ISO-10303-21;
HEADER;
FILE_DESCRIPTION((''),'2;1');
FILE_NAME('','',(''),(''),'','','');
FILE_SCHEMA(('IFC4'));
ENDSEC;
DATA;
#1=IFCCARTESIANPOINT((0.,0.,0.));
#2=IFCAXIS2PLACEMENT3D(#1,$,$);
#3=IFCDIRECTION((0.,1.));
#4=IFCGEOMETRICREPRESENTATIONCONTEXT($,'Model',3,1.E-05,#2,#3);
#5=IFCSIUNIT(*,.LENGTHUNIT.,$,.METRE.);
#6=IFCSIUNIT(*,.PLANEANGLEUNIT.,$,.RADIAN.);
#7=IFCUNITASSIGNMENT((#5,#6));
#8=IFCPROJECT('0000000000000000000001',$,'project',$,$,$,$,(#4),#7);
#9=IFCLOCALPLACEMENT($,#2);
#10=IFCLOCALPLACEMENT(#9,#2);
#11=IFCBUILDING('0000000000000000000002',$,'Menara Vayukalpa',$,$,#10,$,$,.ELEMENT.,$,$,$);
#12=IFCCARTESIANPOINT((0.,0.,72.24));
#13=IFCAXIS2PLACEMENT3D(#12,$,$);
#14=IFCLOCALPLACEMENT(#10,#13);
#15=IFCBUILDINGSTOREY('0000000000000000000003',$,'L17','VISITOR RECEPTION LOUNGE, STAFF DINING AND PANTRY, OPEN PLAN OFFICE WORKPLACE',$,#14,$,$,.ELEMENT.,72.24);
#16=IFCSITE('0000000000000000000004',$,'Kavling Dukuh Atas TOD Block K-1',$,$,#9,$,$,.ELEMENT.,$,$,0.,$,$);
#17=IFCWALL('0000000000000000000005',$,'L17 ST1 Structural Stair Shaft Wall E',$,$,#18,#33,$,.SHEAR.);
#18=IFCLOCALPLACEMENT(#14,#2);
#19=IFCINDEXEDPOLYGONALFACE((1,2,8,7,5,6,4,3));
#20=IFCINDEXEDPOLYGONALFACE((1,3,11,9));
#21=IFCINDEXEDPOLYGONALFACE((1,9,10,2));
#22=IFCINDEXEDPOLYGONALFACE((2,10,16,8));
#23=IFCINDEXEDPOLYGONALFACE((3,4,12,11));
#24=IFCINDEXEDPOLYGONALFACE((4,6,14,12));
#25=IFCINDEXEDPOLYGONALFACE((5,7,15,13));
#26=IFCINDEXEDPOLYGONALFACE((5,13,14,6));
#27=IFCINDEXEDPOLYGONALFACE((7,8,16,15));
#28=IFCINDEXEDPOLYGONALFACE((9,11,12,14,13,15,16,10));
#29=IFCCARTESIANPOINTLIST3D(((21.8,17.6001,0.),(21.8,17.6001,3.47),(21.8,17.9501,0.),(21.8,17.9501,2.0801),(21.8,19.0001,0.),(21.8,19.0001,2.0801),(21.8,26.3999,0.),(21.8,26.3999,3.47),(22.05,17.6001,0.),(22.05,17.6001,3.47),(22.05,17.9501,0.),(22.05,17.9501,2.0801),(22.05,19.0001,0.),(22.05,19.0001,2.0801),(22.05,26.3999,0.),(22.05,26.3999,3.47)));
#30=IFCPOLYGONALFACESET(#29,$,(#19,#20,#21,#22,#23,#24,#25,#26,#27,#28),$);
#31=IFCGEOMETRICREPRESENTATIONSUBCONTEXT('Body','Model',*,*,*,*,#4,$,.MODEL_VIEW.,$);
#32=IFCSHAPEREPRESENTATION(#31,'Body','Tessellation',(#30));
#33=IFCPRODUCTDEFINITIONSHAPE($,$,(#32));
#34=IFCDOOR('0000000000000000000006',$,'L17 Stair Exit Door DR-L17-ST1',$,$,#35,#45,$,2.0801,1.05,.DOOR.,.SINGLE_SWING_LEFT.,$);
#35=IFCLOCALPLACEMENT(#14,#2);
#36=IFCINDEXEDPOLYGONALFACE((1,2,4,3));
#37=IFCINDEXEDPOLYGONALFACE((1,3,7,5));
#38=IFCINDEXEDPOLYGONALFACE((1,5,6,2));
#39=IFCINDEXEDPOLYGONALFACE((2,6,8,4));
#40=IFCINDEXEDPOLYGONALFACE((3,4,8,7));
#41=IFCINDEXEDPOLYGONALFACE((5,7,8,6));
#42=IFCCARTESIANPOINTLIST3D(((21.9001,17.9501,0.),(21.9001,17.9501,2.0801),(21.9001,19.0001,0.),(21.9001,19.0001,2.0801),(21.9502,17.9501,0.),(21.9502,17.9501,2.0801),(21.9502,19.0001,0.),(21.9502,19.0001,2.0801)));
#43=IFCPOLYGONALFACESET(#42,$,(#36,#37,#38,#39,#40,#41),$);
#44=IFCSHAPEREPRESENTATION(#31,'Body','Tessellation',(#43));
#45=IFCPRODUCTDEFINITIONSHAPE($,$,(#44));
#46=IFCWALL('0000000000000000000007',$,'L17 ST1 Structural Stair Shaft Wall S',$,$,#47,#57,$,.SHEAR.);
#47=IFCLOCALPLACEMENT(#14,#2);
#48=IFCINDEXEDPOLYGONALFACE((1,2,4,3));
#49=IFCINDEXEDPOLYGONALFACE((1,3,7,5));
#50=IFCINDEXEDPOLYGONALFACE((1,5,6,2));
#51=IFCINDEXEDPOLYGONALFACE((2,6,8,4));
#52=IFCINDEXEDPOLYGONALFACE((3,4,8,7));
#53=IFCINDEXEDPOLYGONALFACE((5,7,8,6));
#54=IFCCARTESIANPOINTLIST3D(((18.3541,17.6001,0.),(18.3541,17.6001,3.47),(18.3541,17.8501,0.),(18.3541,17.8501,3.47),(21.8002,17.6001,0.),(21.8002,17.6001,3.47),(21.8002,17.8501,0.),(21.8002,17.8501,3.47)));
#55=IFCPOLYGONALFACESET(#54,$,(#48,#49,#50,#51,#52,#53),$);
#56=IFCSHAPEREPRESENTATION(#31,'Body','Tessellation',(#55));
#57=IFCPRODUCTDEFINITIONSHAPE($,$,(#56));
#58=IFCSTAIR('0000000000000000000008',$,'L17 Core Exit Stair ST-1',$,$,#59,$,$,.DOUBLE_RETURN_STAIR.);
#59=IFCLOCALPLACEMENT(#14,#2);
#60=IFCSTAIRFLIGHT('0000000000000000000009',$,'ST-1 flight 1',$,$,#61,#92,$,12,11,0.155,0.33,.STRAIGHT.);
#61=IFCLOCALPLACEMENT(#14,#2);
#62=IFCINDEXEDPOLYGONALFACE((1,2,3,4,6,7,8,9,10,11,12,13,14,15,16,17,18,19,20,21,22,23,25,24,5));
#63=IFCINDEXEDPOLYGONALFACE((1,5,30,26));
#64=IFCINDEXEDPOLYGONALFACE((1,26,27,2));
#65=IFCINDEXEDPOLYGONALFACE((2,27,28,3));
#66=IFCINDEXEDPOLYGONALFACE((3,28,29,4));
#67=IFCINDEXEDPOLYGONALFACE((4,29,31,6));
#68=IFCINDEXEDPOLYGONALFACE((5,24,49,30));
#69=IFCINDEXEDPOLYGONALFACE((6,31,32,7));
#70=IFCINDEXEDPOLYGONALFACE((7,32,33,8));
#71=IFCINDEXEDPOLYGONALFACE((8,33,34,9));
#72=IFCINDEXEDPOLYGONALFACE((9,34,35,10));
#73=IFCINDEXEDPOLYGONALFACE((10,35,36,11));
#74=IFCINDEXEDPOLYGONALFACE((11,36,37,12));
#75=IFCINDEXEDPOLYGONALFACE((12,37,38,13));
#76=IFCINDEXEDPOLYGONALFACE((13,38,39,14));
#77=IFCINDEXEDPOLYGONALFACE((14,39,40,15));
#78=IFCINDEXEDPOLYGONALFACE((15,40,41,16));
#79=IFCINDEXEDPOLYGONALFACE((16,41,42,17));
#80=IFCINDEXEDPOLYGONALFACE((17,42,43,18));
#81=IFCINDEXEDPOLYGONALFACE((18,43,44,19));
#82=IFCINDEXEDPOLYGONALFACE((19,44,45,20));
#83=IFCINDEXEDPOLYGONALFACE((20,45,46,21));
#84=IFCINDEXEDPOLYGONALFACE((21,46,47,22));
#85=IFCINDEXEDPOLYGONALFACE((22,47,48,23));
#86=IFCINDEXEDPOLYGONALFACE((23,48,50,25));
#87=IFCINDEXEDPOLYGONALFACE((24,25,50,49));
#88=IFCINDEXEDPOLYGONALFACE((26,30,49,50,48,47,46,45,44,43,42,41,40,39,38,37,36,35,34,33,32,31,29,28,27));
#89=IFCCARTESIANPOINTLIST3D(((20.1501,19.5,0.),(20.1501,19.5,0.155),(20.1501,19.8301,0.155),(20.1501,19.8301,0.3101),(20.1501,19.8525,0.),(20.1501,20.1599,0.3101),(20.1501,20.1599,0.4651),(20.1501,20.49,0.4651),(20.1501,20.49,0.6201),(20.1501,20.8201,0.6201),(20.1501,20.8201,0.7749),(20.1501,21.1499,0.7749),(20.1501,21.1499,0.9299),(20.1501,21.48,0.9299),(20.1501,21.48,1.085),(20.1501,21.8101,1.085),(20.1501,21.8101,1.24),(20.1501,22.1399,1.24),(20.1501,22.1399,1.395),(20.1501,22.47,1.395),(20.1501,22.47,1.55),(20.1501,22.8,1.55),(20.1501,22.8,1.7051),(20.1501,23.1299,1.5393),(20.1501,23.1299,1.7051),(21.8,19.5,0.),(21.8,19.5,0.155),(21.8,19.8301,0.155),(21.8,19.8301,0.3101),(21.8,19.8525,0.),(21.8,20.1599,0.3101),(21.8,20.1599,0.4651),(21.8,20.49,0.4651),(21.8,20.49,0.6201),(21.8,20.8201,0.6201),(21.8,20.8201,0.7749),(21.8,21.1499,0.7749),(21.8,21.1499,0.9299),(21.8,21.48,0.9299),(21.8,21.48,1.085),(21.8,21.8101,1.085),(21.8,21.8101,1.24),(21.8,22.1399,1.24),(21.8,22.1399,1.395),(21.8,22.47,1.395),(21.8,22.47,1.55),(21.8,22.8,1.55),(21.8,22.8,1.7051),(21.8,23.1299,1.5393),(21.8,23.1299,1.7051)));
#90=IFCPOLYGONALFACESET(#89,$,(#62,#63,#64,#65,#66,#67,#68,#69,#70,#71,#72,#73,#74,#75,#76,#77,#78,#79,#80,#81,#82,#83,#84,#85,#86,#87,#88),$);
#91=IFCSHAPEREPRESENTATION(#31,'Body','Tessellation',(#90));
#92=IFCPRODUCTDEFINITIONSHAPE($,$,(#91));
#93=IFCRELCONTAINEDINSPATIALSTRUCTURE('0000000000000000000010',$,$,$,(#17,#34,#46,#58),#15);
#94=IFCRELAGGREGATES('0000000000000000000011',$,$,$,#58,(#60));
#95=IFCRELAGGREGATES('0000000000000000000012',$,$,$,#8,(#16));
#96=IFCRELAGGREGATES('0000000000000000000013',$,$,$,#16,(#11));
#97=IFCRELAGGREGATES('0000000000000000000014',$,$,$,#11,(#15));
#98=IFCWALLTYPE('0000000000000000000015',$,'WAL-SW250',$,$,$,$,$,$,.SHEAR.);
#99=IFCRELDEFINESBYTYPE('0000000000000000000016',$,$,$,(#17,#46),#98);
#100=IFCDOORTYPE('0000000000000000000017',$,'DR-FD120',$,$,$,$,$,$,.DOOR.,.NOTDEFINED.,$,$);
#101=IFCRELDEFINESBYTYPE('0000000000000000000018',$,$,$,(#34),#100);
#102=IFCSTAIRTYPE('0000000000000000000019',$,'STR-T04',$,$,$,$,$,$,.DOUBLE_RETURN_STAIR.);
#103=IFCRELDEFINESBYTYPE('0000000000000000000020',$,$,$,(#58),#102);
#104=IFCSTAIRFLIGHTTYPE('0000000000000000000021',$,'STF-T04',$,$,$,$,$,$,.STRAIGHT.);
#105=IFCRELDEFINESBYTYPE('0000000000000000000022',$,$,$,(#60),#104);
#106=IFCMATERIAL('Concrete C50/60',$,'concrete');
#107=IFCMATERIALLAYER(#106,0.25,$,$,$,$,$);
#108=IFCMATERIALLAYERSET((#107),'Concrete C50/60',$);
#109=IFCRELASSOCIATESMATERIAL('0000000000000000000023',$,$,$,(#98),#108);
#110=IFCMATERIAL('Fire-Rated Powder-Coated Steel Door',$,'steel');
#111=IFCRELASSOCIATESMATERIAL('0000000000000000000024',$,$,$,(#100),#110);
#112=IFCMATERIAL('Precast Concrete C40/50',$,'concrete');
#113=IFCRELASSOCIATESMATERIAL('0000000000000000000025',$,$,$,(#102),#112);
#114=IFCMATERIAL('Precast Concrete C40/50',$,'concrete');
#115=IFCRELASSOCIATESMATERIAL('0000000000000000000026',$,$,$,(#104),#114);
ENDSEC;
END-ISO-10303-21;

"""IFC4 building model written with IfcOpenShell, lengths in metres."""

from ifc_helpers import new_model, si_unit, direction, frame, frame_2d, origin, place, context, subcontext, project, spatial, polyline, rectangle, outline, extrude, material, layer, layer_set, type_object, element, fill, aggregate, save


model = new_model("IFC4")

# Units and contexts
model_context = context("Model", 3, precision=1e-05, world=origin(), true_north=direction((0.0, 1.0)))
body_context = subcontext(model_context, "Body", "Model", "MODEL_VIEW")
ifc_project = project(units=[si_unit("LENGTHUNIT", "METRE"), si_unit("PLANEANGLEUNIT", "RADIAN")], contexts=[model_context])

# Site, building, storey
site_placement = place(None, origin())
site = spatial("IfcSite", under=ifc_project, at=site_placement, Name="Kavling Dukuh Atas TOD Block K-1", CompositionType="ELEMENT", RefElevation=0.0)
building_placement = place(site_placement, origin())
building = spatial("IfcBuilding", under=site, at=building_placement, Name="Menara Vayukalpa", CompositionType="ELEMENT")
storey_placement = place(building_placement, frame((0.0, 0.0, 72.24)))
storey = spatial("IfcBuildingStorey", under=building, at=storey_placement, Name="L17", Description="VISITOR RECEPTION LOUNGE, STAFF DINING AND PANTRY, OPEN PLAN OFFICE WORKPLACE", CompositionType="ELEMENT", Elevation=72.24)

# Shared definitions
ifc_material_1 = material(Name="Concrete C50/60", Category="concrete")
ifc_layer_1 = layer(ifc_material_1, 0.25)
ifc_layer_set_1 = layer_set([ifc_layer_1], Name="Concrete C50/60")
wall_type_1 = type_object("IfcWallType", Name="WAL-SW250", PredefinedType="SHEAR", material=ifc_layer_set_1)

# Wall, opening, door
wall_1_placement = place(storey_placement, frame((21.925, 17.6001, 0.0), z_axis=(0.0, 0.0, 1.0), x_axis=(0.0, 1.0, 0.0)))
wall_1 = element("IfcWall", 1, at=wall_1_placement, inside=storey, type_object=wall_type_1, Name="L17 ST1 Structural Stair Shaft Wall E", PredefinedType="SHEAR", context=body_context, shape_type="SweptSolid", body=[
    extrude(rectangle(XDim=8.7998, YDim=0.25, at=frame_2d((4.3999, 0.0))), origin(), (0.0, 0.0, 1.0), 3.47),
])
opening_placement = place(wall_1_placement, frame((0.3501, 0.0, 0.0)))
opening = element("IfcOpeningElement", 2, at=opening_placement, cuts=wall_1, PredefinedType="OPENING", context=body_context, shape_type="SweptSolid", body=[
    extrude(rectangle(XDim=1.05, YDim=2.0801, at=frame_2d((0.5249, 1.04))), frame((0.0, 0.135, 0.0), z_axis=(0.0, -1.0, 0.0), x_axis=(1.0, 0.0, 0.0)), (0.0, 0.0, 1.0), 0.27),
])
ifc_material_2 = material(Name="Fire-Rated Powder-Coated Steel Door", Category="steel")
door_type = type_object("IfcDoorType", Name="DR-FD120", OperationType="NOTDEFINED", PredefinedType="DOOR", material=ifc_material_2)
door_placement = place(opening_placement, origin())
door = element("IfcDoor", 3, at=door_placement, inside=storey, type_object=door_type, Name="L17 Stair Exit Door DR-L17-ST1", OperationType="SINGLE_SWING_LEFT", OverallHeight=2.0801, OverallWidth=1.05, PredefinedType="DOOR", context=body_context, shape_type="SweptSolid", body=[
    extrude(rectangle(XDim=1.05, YDim=2.0801, at=frame_2d((0.5249, 1.04))), frame((0.0, 0.0249, 0.0), z_axis=(0.0, -1.0, 0.0), x_axis=(1.0, 0.0, 0.0)), (0.0, 0.0, 1.0), 0.05),
])
fill(opening, door)

# Wall
wall_2_placement = place(storey_placement, frame((18.354, 17.7251, 0.0), z_axis=(0.0, 0.0, 1.0), x_axis=(1.0, 0.0, 0.0)))
element("IfcWall", 4, at=wall_2_placement, inside=storey, type_object=wall_type_1, Name="L17 ST1 Structural Stair Shaft Wall S", PredefinedType="SHEAR", context=body_context, shape_type="SweptSolid", body=[
    extrude(rectangle(XDim=3.446, YDim=0.25, at=frame_2d((1.7231, 0.0))), origin(), (0.0, 0.0, 1.0), 3.47),
])

# Stair, stair flight
ifc_material_3 = material(Name="Precast Concrete C40/50", Category="concrete")
stair_type = type_object("IfcStairType", Name="STR-T04", PredefinedType="DOUBLE_RETURN_STAIR", material=ifc_material_3)
stair_placement = place(storey_placement, origin())
stair = element("IfcStair", 5, at=stair_placement, inside=storey, type_object=stair_type, Name="L17 Core Exit Stair ST-1", PredefinedType="DOUBLE_RETURN_STAIR")
ifc_material_4 = material(Name="Precast Concrete C40/50", Category="concrete")
stair_flight_type = type_object("IfcStairFlightType", Name="STF-T04", PredefinedType="STRAIGHT", material=ifc_material_4)
stair_flight_placement = place(storey_placement, frame((20.9751, 19.5, 0.0), z_axis=(0.0, 0.0, 1.0), x_axis=(0.0, 1.0, 0.0)))
stair_flight = element("IfcStairFlight", 6, at=stair_flight_placement, type_object=stair_flight_type, Name="ST-1 flight 1", NumberOfRisers=12, NumberOfTreads=11, PredefinedType="STRAIGHT", RiserHeight=0.155, TreadLength=0.33, context=body_context, shape_type="SweptSolid", body=[
    extrude(outline(polyline([(0.0, 0.0), (0.0, 0.155), (0.3301, 0.155), (0.3301, 0.3101), (0.6599, 0.3101), (0.6599, 0.4651), (0.99, 0.4651), (0.99, 0.6201), (1.3201, 0.6201), (1.3201, 0.7749), (1.6499, 0.7749), (1.6499, 0.9299), (1.98, 0.9299), (1.98, 1.085), (2.3101, 1.085), (2.3101, 1.24), (2.6399, 1.24), (2.6399, 1.395), (2.97, 1.395), (2.97, 1.55), (3.3, 1.55), (3.3, 1.7051), (3.6299, 1.7051), (3.6299, 1.8601), (3.6299, 1.5393), (0.3525, 0.0), (0.0, 0.0)])), frame((0.0, 0.825, 0.0), z_axis=(0.0, -1.0, 0.0), x_axis=(1.0, 0.0, 0.0)), (0.0, 0.0, 1.0), 1.6499),
])
aggregate(stair, [stair_flight])

save(model, "model.ifc")
